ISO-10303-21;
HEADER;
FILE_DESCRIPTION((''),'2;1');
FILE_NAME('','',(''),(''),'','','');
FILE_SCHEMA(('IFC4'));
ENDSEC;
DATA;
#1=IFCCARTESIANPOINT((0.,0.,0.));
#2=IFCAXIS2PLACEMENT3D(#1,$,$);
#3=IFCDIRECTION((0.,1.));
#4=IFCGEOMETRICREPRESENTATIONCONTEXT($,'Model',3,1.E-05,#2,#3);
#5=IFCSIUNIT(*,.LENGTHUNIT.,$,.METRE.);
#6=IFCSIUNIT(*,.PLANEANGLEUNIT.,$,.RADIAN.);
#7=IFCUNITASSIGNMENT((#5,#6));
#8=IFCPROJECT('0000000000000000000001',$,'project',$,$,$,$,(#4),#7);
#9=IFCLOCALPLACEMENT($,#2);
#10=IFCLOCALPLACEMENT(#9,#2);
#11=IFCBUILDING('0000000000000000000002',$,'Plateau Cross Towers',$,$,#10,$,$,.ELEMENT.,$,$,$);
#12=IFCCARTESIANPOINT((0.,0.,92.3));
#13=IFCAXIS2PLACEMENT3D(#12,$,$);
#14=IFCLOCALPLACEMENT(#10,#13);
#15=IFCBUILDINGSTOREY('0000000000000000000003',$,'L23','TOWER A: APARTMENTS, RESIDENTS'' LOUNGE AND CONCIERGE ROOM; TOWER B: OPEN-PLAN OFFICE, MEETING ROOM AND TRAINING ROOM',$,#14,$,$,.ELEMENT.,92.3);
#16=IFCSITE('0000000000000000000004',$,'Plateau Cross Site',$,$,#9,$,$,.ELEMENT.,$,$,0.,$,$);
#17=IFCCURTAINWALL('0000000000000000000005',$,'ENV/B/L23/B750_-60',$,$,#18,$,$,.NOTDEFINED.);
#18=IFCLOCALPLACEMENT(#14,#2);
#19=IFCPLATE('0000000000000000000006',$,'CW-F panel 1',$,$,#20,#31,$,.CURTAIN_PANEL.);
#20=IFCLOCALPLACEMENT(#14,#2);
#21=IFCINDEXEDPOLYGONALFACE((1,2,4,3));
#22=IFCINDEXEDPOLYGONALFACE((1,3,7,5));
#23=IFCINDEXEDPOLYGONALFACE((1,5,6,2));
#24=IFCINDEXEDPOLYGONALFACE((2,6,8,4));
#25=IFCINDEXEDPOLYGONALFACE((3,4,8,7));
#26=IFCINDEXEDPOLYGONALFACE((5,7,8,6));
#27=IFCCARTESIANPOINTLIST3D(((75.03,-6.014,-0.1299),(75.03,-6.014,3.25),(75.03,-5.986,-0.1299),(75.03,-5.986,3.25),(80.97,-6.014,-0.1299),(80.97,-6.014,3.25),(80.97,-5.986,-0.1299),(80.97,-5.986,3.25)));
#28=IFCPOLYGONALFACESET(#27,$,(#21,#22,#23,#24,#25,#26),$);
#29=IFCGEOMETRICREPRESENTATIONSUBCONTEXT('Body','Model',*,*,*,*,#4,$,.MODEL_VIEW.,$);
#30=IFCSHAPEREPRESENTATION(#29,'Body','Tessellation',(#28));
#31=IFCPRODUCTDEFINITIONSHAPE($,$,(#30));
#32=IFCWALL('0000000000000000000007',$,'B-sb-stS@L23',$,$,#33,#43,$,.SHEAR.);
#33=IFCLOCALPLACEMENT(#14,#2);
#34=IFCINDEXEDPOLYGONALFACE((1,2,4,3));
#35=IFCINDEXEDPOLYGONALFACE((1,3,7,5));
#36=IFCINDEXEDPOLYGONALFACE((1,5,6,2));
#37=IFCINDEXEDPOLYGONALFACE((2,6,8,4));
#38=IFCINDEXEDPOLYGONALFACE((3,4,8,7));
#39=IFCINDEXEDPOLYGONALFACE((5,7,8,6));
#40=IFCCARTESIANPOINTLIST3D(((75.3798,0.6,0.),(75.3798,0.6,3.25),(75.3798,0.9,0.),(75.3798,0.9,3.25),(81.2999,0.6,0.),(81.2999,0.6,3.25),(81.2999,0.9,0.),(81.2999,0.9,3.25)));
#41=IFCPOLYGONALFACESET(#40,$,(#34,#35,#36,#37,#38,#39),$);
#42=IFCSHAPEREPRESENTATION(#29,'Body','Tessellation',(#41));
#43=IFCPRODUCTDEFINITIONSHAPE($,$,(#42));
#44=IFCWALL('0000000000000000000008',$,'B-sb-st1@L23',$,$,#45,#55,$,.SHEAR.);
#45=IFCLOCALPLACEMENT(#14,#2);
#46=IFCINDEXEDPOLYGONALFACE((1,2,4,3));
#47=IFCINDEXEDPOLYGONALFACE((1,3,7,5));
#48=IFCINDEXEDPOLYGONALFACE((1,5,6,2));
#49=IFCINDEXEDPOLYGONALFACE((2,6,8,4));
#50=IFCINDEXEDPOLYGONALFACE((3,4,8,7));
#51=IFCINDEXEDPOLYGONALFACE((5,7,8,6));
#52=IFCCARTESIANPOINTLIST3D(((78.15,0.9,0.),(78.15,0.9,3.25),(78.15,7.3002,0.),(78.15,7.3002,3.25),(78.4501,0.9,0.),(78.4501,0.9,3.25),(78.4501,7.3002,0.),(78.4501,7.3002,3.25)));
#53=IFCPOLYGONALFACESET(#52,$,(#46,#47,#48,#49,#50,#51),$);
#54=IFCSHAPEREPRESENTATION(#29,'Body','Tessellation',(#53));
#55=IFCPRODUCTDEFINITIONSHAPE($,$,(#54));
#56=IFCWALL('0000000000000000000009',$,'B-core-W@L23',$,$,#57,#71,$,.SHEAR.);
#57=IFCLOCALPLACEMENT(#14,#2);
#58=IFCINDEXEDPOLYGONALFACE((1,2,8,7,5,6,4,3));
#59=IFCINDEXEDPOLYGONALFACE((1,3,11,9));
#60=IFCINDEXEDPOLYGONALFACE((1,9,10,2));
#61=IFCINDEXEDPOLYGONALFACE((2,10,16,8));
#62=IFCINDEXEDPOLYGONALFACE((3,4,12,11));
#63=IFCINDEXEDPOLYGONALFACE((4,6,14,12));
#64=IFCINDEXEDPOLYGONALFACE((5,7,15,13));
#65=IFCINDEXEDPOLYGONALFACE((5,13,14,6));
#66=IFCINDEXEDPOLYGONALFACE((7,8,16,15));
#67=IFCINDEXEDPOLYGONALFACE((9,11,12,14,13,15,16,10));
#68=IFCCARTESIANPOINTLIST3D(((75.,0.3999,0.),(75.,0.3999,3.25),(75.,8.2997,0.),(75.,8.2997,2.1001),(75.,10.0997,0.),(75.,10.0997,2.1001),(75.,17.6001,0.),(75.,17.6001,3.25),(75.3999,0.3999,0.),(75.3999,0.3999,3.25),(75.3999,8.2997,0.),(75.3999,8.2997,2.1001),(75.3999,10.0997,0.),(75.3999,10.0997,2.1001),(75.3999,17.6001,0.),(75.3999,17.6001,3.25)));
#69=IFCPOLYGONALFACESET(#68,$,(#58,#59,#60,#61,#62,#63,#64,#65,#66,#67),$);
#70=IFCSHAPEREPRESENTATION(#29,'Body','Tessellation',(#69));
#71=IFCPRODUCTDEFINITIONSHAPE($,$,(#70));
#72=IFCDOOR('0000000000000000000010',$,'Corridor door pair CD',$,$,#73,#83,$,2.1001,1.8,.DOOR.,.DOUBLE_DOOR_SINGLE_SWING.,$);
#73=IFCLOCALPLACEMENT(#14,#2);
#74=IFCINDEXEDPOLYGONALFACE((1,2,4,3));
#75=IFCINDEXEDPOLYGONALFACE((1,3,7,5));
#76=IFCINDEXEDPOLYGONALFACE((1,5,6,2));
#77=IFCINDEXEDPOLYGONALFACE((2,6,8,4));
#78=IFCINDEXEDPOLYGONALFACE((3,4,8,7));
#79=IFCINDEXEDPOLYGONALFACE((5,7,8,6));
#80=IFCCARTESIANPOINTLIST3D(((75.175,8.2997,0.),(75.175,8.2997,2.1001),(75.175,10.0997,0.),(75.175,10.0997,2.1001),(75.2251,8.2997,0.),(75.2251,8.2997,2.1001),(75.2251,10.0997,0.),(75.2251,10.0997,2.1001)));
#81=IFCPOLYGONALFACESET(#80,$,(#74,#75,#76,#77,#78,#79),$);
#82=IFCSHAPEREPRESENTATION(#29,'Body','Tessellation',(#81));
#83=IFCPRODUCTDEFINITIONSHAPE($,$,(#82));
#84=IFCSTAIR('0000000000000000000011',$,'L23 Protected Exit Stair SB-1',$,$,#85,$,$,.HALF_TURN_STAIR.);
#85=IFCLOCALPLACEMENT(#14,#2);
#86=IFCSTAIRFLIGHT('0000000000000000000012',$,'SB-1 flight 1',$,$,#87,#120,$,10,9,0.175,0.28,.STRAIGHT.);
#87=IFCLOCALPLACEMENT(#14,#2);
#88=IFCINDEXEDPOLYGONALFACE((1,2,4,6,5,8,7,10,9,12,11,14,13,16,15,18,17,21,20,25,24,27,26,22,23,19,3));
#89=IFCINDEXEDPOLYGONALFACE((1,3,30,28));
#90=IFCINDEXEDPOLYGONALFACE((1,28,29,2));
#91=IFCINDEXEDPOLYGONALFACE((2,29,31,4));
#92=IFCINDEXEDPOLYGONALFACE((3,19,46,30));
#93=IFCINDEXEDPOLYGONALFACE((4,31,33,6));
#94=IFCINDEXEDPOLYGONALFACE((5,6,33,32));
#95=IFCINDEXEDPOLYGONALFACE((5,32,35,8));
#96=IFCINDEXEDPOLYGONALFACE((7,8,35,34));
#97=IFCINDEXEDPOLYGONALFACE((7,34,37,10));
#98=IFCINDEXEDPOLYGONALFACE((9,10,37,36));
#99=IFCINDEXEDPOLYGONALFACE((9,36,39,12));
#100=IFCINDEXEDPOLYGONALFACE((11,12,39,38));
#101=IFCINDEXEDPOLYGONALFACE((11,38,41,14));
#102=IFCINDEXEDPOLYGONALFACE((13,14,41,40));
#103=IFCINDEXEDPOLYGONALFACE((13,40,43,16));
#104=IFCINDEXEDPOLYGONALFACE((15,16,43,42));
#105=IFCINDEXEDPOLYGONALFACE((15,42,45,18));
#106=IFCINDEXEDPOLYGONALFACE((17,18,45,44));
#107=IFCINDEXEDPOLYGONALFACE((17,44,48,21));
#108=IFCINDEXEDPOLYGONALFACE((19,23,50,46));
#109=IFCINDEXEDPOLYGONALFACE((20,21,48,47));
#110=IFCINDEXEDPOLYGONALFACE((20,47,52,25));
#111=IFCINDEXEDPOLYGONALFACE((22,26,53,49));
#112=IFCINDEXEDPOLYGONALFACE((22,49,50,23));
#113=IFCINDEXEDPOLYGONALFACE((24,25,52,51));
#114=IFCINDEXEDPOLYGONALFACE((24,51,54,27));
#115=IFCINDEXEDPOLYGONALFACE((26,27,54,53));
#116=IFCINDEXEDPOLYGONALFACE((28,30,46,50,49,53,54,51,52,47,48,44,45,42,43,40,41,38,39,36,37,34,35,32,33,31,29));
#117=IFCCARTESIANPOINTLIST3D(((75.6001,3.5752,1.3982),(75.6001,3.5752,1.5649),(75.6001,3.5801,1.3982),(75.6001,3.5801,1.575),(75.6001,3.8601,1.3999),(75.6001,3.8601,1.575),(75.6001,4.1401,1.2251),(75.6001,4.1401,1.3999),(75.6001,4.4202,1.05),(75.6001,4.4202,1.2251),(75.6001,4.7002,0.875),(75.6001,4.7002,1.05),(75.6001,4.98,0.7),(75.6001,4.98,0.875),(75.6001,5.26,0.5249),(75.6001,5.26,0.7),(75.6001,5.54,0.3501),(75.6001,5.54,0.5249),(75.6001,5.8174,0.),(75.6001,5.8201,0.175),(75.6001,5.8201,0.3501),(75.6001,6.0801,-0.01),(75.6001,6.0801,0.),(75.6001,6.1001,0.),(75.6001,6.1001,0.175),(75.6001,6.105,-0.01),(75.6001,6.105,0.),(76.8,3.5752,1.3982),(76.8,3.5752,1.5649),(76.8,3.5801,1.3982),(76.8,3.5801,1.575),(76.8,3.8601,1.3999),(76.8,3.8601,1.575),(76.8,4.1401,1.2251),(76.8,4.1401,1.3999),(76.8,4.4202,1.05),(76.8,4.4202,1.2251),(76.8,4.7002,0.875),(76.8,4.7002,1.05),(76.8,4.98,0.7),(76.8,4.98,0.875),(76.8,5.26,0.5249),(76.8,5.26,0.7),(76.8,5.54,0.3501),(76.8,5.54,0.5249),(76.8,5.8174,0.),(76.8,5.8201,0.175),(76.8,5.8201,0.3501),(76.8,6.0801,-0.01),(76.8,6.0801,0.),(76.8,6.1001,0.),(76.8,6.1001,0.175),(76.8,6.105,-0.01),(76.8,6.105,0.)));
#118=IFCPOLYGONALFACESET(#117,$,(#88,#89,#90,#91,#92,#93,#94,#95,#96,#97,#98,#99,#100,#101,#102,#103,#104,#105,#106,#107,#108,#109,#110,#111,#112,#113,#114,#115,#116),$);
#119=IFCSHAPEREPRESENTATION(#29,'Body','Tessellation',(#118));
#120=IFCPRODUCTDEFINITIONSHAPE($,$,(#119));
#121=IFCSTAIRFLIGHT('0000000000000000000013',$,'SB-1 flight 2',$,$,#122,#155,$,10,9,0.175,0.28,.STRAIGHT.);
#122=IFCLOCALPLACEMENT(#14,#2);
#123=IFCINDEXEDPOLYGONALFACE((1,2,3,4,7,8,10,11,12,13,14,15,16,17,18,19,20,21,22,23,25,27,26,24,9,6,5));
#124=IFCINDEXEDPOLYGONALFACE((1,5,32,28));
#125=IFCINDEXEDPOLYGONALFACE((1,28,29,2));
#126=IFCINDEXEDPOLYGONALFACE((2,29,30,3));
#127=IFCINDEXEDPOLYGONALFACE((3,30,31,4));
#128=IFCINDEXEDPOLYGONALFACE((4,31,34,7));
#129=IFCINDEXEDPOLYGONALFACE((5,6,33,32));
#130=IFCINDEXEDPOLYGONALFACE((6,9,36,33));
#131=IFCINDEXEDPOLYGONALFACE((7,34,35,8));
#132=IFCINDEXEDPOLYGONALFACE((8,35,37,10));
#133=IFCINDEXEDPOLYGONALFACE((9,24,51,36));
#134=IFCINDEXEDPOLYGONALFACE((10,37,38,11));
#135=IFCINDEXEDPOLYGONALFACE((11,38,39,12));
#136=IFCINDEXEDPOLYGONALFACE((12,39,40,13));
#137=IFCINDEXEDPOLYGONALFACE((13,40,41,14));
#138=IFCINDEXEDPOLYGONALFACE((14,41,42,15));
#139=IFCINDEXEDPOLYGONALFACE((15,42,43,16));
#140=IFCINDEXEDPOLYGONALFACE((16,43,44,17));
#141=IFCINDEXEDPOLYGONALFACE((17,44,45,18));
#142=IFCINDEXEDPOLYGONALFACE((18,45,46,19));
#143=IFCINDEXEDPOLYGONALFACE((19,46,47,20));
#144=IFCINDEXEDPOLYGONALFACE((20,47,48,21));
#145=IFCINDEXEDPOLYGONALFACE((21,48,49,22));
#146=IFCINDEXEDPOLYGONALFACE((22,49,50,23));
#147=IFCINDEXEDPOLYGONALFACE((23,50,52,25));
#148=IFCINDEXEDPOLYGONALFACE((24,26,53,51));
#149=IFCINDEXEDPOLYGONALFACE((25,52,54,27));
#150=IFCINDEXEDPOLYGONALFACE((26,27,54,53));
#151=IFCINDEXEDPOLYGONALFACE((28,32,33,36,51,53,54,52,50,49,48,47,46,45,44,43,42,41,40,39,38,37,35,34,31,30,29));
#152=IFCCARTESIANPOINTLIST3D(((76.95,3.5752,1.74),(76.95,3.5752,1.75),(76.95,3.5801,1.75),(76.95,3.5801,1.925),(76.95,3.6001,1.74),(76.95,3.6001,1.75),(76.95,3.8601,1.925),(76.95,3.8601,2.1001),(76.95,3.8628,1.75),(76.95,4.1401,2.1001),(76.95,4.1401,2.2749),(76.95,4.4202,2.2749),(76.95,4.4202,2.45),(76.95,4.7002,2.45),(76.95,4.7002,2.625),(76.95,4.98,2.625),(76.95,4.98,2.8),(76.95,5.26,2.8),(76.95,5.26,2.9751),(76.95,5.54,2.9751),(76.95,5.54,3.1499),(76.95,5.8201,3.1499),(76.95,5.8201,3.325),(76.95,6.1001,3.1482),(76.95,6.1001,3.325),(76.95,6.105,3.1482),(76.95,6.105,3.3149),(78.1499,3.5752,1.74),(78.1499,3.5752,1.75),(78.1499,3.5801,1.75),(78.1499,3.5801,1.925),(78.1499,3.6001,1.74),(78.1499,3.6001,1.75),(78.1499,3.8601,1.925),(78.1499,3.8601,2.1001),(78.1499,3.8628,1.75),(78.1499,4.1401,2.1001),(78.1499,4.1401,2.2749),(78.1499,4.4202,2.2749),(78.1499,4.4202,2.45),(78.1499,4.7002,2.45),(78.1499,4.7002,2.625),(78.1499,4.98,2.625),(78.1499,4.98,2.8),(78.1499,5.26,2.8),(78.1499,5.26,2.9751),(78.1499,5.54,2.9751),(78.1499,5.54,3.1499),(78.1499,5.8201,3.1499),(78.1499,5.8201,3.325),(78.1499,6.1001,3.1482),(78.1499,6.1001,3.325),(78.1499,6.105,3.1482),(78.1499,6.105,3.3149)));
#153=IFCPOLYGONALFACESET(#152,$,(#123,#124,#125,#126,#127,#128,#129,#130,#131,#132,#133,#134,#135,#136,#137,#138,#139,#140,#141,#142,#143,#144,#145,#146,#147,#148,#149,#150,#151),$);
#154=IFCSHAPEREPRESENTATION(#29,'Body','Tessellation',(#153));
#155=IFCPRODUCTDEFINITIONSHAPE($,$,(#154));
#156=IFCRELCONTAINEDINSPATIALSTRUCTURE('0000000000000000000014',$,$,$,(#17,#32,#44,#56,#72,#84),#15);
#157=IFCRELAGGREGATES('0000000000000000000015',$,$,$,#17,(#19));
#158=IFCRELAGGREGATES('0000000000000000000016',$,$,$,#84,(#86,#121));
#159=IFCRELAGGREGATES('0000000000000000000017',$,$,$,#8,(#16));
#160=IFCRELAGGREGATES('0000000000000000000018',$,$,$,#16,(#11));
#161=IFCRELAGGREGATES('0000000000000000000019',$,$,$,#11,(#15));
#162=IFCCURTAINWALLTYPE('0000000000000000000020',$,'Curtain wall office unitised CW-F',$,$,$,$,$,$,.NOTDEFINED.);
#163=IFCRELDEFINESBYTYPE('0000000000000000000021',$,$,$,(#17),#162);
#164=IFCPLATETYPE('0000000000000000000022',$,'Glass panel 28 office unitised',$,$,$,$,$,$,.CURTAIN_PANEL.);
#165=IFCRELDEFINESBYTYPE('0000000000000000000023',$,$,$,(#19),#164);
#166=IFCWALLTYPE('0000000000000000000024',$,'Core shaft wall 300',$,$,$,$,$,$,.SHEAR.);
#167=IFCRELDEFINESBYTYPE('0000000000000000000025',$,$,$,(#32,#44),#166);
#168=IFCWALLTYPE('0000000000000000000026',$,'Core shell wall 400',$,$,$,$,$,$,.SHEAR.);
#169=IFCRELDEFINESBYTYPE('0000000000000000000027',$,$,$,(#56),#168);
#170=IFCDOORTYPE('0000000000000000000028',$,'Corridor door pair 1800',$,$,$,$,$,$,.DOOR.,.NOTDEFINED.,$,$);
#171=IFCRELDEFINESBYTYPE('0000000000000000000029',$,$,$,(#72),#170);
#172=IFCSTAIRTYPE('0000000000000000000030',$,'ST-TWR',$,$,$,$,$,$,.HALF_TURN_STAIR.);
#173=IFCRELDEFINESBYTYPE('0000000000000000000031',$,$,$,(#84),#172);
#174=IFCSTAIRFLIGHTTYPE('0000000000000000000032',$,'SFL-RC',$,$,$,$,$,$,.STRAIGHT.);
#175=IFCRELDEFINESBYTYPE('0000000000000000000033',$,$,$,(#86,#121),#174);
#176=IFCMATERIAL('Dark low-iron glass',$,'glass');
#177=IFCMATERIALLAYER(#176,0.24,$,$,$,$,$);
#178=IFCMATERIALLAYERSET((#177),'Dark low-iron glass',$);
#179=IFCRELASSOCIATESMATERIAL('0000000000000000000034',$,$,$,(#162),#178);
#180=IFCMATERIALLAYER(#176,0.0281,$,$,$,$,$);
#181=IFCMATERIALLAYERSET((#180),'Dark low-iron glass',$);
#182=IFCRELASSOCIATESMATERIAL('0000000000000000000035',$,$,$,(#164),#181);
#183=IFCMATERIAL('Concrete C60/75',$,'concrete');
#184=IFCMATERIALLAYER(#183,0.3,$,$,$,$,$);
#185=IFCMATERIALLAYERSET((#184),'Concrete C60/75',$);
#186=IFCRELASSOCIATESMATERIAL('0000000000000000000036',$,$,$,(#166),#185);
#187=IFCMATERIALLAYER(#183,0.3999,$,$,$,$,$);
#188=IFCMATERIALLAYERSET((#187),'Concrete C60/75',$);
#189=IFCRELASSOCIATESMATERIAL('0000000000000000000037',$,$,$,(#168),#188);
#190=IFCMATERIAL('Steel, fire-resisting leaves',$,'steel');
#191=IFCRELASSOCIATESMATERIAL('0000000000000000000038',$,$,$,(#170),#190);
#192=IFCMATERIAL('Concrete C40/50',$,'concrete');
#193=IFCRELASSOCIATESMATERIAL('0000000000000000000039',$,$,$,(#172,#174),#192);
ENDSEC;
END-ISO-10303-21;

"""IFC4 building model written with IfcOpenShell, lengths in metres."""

from ifc_helpers import new_model, si_unit, direction, frame, frame_2d, origin, origin_2d, place, context, subcontext, project, spatial, polyline, rectangle, outline, extrude, material, layer, layer_set, type_object, element, fill, aggregate, save


model = new_model("IFC4")

# Units and contexts
model_context = context("Model", 3, precision=1e-05, world=origin(), true_north=direction((0.0, 1.0)))
body_context = subcontext(model_context, "Body", "Model", "MODEL_VIEW")
ifc_project = project(units=[si_unit("LENGTHUNIT", "METRE"), si_unit("PLANEANGLEUNIT", "RADIAN")], contexts=[model_context])

# Site, building, storey
site_placement = place(None, origin())
site = spatial("IfcSite", under=ifc_project, at=site_placement, Name="Plateau Cross Site", CompositionType="ELEMENT", RefElevation=0.0)
building_placement = place(site_placement, origin())
building = spatial("IfcBuilding", under=site, at=building_placement, Name="Plateau Cross Towers", CompositionType="ELEMENT")
storey_placement = place(building_placement, frame((0.0, 0.0, 92.3)))
storey = spatial("IfcBuildingStorey", under=building, at=storey_placement, Name="L23", Description="TOWER A: APARTMENTS, RESIDENTS' LOUNGE AND CONCIERGE ROOM; TOWER B: OPEN-PLAN OFFICE, MEETING ROOM AND TRAINING ROOM", CompositionType="ELEMENT", Elevation=92.3)

# Curtain wall, plate
ifc_material_1 = material(Name="Dark low-iron glass", Category="glass")
ifc_layer_1 = layer(ifc_material_1, 0.24)
ifc_layer_set_1 = layer_set([ifc_layer_1], Name="Dark low-iron glass")
curtain_wall_type = type_object("IfcCurtainWallType", Name="Curtain wall office unitised CW-F", PredefinedType="NOTDEFINED", material=ifc_layer_set_1)
curtain_wall_placement = place(storey_placement, origin())
curtain_wall = element("IfcCurtainWall", 1, at=curtain_wall_placement, inside=storey, type_object=curtain_wall_type, Name="ENV/B/L23/B750_-60", PredefinedType="NOTDEFINED")
ifc_layer_2 = layer(ifc_material_1, 0.0281)
ifc_layer_set_2 = layer_set([ifc_layer_2], Name="Dark low-iron glass")
plate_type = type_object("IfcPlateType", Name="Glass panel 28 office unitised", PredefinedType="CURTAIN_PANEL", material=ifc_layer_set_2)
plate_placement = place(storey_placement, frame((78.0, -6.0, -0.1299), z_axis=(0.0, 0.0, 1.0), x_axis=(1.0, 0.0, 0.0)))
plate = element("IfcPlate", 2, at=plate_placement, type_object=plate_type, Name="CW-F panel 1", PredefinedType="CURTAIN_PANEL", context=body_context, shape_type="SweptSolid", body=[
    extrude(rectangle(XDim=5.9399, YDim=0.0281, at=origin_2d()), origin(), (0.0, 0.0, 1.0), 3.3799),
])
aggregate(curtain_wall, [plate])

# Walls
ifc_material_2 = material(Name="Concrete C60/75", Category="concrete")
ifc_layer_3 = layer(ifc_material_2, 0.3)
ifc_layer_set_3 = layer_set([ifc_layer_3], Name="Concrete C60/75")
wall_type_1 = type_object("IfcWallType", Name="Core shaft wall 300", PredefinedType="SHEAR", material=ifc_layer_set_3)
wall_1_placement = place(storey_placement, frame((75.3799, 0.75, 0.0), z_axis=(0.0, 0.0, 1.0), x_axis=(1.0, 0.0, 0.0)))
element("IfcWall", 3, at=wall_1_placement, inside=storey, type_object=wall_type_1, Name="B-sb-stS@L23", PredefinedType="SHEAR", context=body_context, shape_type="SweptSolid", body=[
    extrude(rectangle(XDim=5.9202, YDim=0.3, at=frame_2d((2.96, 0.0))), origin(), (0.0, 0.0, 1.0), 3.25),
])
wall_2_placement = place(storey_placement, frame((78.3, 0.8999, 0.0), z_axis=(0.0, 0.0, 1.0), x_axis=(0.0, 1.0, 0.0)))
element("IfcWall", 4, at=wall_2_placement, inside=storey, type_object=wall_type_1, Name="B-sb-st1@L23", PredefinedType="SHEAR", context=body_context, shape_type="SweptSolid", body=[
    extrude(rectangle(XDim=6.4001, YDim=0.3, at=frame_2d((3.2002, 0.0))), origin(), (0.0, 0.0, 1.0), 3.25),
])

# Wall, opening, door
ifc_layer_4 = layer(ifc_material_2, 0.3999)
ifc_layer_set_4 = layer_set([ifc_layer_4], Name="Concrete C60/75")
wall_type_2 = type_object("IfcWallType", Name="Core shell wall 400", PredefinedType="SHEAR", material=ifc_layer_set_4)
wall_3_placement = place(storey_placement, frame((75.2, 0.3999, 0.0), z_axis=(0.0, 0.0, 1.0), x_axis=(0.0, 1.0, 0.0)))
wall_3 = element("IfcWall", 5, at=wall_3_placement, inside=storey, type_object=wall_type_2, Name="B-core-W@L23", PredefinedType="SHEAR", context=body_context, shape_type="SweptSolid", body=[
    extrude(rectangle(XDim=17.2002, YDim=0.3999, at=frame_2d((8.6001, 0.0))), origin(), (0.0, 0.0, 1.0), 3.25),
])
opening_placement = place(wall_3_placement, frame((7.8999, 0.0, 0.0)))
opening = element("IfcOpeningElement", 6, at=opening_placement, cuts=wall_3, PredefinedType="OPENING", context=body_context, shape_type="SweptSolid", body=[
    extrude(rectangle(XDim=1.8, YDim=2.1001, at=frame_2d((0.8999, 1.05))), frame((0.0, 0.21, 0.0), z_axis=(0.0, -1.0, 0.0), x_axis=(1.0, 0.0, 0.0)), (0.0, 0.0, 1.0), 0.4199),
])
ifc_material_3 = material(Name="Steel, fire-resisting leaves", Category="steel")
door_type = type_object("IfcDoorType", Name="Corridor door pair 1800", OperationType="NOTDEFINED", PredefinedType="DOOR", material=ifc_material_3)
door_placement = place(opening_placement, origin())
door = element("IfcDoor", 7, at=door_placement, inside=storey, type_object=door_type, Name="Corridor door pair CD", OperationType="DOUBLE_DOOR_SINGLE_SWING", OverallHeight=2.1001, OverallWidth=1.8, PredefinedType="DOOR", context=body_context, shape_type="SweptSolid", body=[
    extrude(rectangle(XDim=1.8, YDim=2.1001, at=frame_2d((0.8999, 1.05))), frame((0.0, 0.0249, 0.0), z_axis=(0.0, -1.0, 0.0), x_axis=(1.0, 0.0, 0.0)), (0.0, 0.0, 1.0), 0.05),
])
fill(opening, door)

# Stair, stair flights
ifc_material_4 = material(Name="Concrete C40/50", Category="concrete")
stair_type = type_object("IfcStairType", Name="ST-TWR", PredefinedType="HALF_TURN_STAIR", material=ifc_material_4)
stair_1_placement = place(storey_placement, origin())
stair_1 = element("IfcStair", 8, at=stair_1_placement, inside=storey, type_object=stair_type, Name="L23 Protected Exit Stair SB-1", PredefinedType="HALF_TURN_STAIR")
stair_flight_type = type_object("IfcStairFlightType", Name="SFL-RC", PredefinedType="STRAIGHT", material=ifc_material_4)
stair_flight_1_placement = place(storey_placement, frame((76.2, 6.1001, 0.0), z_axis=(0.0, 0.0, 1.0), x_axis=(0.0, -1.0, 0.0)))
stair_flight_1 = element("IfcStairFlight", 9, at=stair_flight_1_placement, type_object=stair_flight_type, Name="SB-1 flight 1", NumberOfRisers=10, NumberOfTreads=9, PredefinedType="STRAIGHT", RiserHeight=0.175, TreadLength=0.28, context=body_context, shape_type="SweptSolid", body=[
    extrude(outline(polyline([(-0.0049, -0.01), (-0.0049, 0.0), (0.0, 0.0), (0.0, 0.175), (0.28, 0.175), (0.28, 0.3501), (0.5601, 0.3501), (0.5601, 0.5249), (0.8401, 0.5249), (0.8401, 0.7), (1.1201, 0.7), (1.1201, 0.875), (1.3999, 0.875), (1.3999, 1.05), (1.6799, 1.05), (1.6799, 1.2251), (1.96, 1.2251), (1.96, 1.3999), (2.24, 1.3999), (2.24, 1.575), (2.52, 1.575), (2.5249, 1.5649), (2.5249, 1.3982), (2.52, 1.3982), (0.2827, 0.0), (0.02, 0.0), (0.02, -0.01), (-0.0049, -0.01)])), frame((0.0, 0.6001, 0.0), z_axis=(0.0, -1.0, 0.0), x_axis=(1.0, 0.0, 0.0)), (0.0, 0.0, 1.0), 1.2),
])
stair_flight_2_placement = place(storey_placement, frame((77.55, 3.5801, 1.75), z_axis=(0.0, 0.0, 1.0), x_axis=(0.0, 1.0, 0.0)))
stair_flight_2 = element("IfcStairFlight", 10, at=stair_flight_2_placement, type_object=stair_flight_type, Name="SB-1 flight 2", NumberOfRisers=10, NumberOfTreads=9, PredefinedType="STRAIGHT", RiserHeight=0.175, TreadLength=0.28, context=body_context, shape_type="SweptSolid", body=[
    extrude(outline(polyline([(-0.0049, -0.01), (-0.0049, 0.0), (0.0, 0.0), (0.0, 0.175), (0.28, 0.175), (0.28, 0.3501), (0.5601, 0.3501), (0.5601, 0.5249), (0.8401, 0.5249), (0.8401, 0.7), (1.1201, 0.7), (1.1201, 0.875), (1.3999, 0.875), (1.3999, 1.05), (1.6799, 1.05), (1.6799, 1.2251), (1.96, 1.2251), (1.96, 1.3999), (2.24, 1.3999), (2.24, 1.575), (2.52, 1.575), (2.5249, 1.5649), (2.5249, 1.3982), (2.52, 1.3982), (0.2827, 0.0), (0.02, 0.0), (0.02, -0.01), (-0.0049, -0.01)])), frame((0.0, 0.6001, 0.0), z_axis=(0.0, -1.0, 0.0), x_axis=(1.0, 0.0, 0.0)), (0.0, 0.0, 1.0), 1.2),
])
aggregate(stair_1, [stair_flight_1, stair_flight_2])

save(model, "model.ifc")
